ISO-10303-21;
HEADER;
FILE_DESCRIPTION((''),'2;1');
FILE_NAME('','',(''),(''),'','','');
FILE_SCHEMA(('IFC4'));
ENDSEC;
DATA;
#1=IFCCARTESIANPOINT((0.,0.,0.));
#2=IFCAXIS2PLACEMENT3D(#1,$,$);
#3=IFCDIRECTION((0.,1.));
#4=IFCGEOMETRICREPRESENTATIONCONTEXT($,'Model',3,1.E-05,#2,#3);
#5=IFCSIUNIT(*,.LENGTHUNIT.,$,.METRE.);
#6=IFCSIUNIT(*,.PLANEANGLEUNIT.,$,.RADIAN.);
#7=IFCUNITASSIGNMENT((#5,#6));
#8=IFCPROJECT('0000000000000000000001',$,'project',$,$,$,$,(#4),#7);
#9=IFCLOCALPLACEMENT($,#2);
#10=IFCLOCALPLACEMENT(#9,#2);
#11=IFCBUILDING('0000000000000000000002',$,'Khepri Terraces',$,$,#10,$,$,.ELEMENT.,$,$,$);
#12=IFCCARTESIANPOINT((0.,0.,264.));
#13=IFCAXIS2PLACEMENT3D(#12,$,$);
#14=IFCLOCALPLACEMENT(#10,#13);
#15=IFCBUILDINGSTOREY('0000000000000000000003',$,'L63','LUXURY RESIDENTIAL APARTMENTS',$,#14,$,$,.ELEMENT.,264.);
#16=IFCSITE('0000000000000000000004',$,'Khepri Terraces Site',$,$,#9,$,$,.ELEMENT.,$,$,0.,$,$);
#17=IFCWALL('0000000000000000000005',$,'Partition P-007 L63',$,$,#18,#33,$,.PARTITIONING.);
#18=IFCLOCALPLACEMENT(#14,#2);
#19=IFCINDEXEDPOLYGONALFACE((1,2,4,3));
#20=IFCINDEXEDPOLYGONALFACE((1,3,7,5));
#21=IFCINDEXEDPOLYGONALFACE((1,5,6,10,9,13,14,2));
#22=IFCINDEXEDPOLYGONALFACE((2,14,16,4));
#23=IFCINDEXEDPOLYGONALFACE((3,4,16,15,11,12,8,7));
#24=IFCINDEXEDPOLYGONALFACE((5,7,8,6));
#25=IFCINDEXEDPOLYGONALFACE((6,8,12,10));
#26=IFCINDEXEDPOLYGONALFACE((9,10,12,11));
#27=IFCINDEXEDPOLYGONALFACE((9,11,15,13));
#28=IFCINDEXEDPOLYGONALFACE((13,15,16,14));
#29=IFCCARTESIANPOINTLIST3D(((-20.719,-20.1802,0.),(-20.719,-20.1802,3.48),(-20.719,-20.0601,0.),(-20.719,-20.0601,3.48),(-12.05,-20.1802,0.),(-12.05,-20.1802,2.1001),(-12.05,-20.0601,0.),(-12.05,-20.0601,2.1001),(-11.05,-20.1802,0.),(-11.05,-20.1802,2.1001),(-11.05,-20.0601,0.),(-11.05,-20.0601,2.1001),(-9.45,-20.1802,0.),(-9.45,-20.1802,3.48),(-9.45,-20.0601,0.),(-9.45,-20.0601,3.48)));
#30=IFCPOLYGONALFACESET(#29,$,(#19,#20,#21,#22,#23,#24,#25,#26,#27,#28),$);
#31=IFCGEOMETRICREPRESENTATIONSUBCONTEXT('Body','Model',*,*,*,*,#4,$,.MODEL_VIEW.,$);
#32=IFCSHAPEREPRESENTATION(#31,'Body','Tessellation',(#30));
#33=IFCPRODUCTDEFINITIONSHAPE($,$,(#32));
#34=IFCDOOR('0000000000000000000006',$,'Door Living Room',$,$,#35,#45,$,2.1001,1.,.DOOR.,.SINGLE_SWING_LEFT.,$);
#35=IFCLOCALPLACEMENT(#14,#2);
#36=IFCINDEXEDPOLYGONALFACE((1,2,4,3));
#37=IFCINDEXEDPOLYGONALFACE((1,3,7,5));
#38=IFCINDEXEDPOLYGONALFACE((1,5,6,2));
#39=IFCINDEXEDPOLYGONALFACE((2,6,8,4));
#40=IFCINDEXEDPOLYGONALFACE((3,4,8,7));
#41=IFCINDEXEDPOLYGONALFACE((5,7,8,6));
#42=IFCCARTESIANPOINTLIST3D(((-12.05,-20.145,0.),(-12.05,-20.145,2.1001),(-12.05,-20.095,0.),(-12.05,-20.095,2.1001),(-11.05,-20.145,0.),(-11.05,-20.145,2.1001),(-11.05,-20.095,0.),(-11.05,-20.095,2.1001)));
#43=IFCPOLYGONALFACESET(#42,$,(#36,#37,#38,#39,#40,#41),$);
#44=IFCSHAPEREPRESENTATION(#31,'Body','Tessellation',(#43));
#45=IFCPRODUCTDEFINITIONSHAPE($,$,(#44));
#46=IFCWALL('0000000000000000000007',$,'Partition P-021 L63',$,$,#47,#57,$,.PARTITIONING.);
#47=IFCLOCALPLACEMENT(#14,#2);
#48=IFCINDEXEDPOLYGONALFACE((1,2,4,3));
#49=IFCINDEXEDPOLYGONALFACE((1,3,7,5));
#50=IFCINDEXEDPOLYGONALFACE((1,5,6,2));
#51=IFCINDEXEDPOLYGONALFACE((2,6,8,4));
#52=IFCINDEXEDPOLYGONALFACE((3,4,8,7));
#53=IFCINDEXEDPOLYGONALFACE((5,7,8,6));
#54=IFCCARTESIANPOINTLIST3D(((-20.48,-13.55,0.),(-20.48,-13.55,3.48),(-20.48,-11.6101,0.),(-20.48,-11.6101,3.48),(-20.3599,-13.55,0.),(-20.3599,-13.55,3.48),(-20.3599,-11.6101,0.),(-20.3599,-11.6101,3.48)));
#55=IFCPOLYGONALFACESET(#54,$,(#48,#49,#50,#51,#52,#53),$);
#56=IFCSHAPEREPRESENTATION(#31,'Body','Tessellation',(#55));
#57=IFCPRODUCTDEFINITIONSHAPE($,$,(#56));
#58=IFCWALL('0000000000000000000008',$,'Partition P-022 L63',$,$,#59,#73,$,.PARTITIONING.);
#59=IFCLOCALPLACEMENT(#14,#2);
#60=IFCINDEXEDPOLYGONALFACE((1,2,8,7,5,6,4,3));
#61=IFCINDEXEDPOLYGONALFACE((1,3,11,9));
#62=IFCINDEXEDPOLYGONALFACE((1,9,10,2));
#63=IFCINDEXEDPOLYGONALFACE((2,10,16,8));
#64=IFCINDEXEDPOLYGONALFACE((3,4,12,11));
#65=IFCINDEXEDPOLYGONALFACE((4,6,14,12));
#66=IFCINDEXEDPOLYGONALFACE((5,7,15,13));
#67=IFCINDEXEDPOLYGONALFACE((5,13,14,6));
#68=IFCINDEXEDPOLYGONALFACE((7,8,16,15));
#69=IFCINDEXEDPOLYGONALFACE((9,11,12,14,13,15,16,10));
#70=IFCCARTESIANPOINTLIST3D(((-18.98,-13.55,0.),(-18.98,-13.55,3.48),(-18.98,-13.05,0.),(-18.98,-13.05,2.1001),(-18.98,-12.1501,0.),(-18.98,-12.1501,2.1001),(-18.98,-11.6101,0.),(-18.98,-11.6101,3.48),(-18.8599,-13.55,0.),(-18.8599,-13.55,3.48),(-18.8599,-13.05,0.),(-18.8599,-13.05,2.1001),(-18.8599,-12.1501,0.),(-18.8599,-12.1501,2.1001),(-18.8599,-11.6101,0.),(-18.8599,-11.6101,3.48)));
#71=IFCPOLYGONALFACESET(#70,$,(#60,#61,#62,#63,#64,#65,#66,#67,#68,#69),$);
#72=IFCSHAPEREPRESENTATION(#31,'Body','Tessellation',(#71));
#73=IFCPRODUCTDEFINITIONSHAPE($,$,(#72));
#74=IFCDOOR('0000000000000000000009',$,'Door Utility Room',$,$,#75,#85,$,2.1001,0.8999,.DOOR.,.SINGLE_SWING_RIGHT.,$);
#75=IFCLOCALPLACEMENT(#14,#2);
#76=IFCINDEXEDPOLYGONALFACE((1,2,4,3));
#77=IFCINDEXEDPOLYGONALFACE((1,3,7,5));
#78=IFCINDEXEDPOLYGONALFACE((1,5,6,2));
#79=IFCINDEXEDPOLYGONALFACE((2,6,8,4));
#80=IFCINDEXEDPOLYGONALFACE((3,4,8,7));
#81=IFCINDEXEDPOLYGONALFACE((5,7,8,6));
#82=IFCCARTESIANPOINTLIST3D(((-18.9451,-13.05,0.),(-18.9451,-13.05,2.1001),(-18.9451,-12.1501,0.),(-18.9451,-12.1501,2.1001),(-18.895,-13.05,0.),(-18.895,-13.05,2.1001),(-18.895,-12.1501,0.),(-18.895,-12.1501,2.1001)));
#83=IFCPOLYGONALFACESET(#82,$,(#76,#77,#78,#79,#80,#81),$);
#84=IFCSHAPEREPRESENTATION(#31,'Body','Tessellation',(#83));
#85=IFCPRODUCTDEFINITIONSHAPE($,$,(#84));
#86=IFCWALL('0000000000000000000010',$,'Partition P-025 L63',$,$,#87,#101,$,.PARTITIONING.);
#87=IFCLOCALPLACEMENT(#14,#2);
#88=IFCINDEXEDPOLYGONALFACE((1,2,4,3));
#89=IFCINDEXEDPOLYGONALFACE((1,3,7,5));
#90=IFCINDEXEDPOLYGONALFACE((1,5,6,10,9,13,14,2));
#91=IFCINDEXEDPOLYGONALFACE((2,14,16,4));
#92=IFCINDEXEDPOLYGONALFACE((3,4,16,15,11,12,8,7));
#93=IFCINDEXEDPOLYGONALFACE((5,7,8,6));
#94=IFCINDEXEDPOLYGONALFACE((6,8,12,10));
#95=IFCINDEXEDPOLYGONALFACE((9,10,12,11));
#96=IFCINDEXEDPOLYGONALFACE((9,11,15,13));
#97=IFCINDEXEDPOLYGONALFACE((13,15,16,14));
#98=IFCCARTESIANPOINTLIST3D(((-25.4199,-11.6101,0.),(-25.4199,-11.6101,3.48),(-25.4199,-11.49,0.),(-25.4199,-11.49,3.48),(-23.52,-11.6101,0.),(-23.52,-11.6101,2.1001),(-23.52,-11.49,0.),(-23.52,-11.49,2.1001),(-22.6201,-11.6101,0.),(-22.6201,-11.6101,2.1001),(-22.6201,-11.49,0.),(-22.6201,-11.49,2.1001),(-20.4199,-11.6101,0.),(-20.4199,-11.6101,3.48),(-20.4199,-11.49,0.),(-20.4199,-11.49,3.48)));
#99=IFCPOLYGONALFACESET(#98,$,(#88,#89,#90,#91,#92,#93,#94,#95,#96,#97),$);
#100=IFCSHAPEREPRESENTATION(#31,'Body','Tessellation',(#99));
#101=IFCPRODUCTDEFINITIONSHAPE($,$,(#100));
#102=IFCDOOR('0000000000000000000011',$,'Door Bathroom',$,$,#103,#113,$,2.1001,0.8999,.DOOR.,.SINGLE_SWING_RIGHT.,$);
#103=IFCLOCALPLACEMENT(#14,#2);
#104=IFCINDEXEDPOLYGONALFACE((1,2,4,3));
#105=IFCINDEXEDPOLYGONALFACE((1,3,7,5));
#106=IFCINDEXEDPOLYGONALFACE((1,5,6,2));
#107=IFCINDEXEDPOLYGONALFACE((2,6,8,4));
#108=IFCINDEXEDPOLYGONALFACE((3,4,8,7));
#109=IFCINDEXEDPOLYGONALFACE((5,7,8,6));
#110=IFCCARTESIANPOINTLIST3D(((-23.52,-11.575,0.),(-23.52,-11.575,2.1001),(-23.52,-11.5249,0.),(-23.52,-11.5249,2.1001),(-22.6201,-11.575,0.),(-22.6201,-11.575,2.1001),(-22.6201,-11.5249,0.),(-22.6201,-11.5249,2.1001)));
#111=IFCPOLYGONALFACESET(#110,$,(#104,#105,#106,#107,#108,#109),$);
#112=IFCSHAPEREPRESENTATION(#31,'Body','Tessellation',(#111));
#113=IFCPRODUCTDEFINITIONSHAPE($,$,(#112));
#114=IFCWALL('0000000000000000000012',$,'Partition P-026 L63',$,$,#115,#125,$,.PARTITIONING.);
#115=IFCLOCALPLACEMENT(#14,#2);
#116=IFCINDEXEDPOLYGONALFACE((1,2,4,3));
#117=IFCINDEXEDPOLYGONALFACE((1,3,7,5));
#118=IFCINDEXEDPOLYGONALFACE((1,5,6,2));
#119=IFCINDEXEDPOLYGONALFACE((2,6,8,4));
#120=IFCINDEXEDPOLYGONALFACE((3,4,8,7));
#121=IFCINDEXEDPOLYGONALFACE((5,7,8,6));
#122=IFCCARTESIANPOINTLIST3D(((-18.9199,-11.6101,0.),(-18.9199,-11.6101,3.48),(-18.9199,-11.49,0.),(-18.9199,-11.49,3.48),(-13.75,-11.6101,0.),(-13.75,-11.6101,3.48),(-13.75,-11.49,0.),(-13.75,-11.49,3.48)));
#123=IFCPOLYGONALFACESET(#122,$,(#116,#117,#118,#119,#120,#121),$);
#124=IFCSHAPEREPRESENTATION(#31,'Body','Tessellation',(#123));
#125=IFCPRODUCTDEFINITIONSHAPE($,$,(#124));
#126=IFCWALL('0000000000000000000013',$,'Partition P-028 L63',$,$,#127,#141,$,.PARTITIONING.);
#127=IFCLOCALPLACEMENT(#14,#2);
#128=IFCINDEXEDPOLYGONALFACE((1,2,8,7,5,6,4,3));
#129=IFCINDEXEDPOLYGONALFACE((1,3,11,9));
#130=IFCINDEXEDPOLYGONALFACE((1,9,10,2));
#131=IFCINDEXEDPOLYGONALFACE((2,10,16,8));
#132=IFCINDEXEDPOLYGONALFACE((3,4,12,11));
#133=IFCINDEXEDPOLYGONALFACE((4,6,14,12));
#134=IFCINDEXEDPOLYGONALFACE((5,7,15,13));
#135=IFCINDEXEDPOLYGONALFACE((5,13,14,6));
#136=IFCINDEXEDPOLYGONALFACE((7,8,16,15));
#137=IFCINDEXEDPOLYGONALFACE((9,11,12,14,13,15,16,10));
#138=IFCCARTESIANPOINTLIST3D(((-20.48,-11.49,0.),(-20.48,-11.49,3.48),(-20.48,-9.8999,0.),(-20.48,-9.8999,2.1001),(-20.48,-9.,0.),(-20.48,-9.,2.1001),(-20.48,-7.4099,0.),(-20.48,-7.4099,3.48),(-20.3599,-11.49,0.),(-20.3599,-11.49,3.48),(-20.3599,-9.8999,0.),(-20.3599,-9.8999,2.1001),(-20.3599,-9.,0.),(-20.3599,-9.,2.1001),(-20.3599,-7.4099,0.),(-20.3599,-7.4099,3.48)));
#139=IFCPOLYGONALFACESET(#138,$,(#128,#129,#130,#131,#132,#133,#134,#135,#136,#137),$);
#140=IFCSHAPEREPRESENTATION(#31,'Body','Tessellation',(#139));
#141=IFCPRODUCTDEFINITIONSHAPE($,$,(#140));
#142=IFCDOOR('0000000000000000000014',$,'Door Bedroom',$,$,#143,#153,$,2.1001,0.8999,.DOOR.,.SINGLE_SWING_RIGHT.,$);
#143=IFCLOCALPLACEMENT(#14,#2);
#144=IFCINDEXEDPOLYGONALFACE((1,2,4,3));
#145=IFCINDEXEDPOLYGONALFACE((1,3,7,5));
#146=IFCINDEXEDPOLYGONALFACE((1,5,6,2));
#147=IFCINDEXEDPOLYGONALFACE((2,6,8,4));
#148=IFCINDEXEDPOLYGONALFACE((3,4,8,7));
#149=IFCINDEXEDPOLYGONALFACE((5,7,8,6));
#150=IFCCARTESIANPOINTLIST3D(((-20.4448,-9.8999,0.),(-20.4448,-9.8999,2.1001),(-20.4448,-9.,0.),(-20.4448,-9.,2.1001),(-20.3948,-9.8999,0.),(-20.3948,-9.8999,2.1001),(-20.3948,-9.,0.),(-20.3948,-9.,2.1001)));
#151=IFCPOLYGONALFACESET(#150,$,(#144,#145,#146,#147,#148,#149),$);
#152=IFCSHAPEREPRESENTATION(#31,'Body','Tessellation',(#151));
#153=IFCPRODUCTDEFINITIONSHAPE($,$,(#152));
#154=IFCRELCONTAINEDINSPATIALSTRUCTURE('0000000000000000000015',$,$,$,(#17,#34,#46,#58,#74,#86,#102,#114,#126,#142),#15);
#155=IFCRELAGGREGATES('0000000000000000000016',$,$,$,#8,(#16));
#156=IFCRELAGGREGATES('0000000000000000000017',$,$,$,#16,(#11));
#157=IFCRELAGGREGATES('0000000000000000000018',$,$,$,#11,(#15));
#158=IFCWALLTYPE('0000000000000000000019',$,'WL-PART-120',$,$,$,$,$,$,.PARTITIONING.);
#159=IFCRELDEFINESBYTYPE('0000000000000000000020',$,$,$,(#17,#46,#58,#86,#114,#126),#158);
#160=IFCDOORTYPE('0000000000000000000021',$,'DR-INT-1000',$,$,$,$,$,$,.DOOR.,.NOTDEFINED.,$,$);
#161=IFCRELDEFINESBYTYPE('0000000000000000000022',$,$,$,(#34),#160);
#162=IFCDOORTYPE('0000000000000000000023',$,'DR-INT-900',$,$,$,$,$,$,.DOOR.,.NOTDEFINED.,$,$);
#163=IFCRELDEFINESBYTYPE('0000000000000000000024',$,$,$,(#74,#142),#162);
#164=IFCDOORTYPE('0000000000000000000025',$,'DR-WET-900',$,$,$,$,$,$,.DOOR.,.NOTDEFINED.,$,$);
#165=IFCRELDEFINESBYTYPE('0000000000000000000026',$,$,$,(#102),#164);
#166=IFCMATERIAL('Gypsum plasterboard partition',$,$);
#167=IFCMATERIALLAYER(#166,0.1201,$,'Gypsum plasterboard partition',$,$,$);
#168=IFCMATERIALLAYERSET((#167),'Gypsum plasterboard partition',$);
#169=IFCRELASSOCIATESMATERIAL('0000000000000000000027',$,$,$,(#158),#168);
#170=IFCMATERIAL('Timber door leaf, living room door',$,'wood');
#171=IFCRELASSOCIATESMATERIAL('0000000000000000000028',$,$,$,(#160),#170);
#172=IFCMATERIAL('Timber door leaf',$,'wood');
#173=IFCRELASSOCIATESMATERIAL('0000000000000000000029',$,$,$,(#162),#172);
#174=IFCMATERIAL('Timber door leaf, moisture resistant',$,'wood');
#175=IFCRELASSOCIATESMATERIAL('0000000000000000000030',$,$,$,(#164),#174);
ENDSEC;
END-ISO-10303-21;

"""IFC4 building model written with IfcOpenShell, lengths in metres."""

from ifc_helpers import new_model, si_unit, direction, frame, frame_2d, origin, place, context, subcontext, project, spatial, rectangle, extrude, material, layer, layer_set, type_object, element, fill, save


model = new_model("IFC4")

# Units and contexts
model_context = context("Model", 3, precision=1e-05, world=origin(), true_north=direction((0.0, 1.0)))
body_context = subcontext(model_context, "Body", "Model", "MODEL_VIEW")
ifc_project = project(units=[si_unit("LENGTHUNIT", "METRE"), si_unit("PLANEANGLEUNIT", "RADIAN")], contexts=[model_context])

# Site, building, storey
site_placement = place(None, origin())
site = spatial("IfcSite", under=ifc_project, at=site_placement, Name="Khepri Terraces Site", CompositionType="ELEMENT", RefElevation=0.0)
building_placement = place(site_placement, origin())
building = spatial("IfcBuilding", under=site, at=building_placement, Name="Khepri Terraces", CompositionType="ELEMENT")
storey_placement = place(building_placement, frame((0.0, 0.0, 264.0)))
storey = spatial("IfcBuildingStorey", under=building, at=storey_placement, Name="L63", Description="LUXURY RESIDENTIAL APARTMENTS", CompositionType="ELEMENT", Elevation=264.0)

# Shared definitions
ifc_material_1 = material(Name="Gypsum plasterboard partition")
ifc_layer_1 = layer(ifc_material_1, 0.1201, Name="Gypsum plasterboard partition")
ifc_layer_set_1 = layer_set([ifc_layer_1], Name="Gypsum plasterboard partition")
wall_type_1 = type_object("IfcWallType", Name="WL-PART-120", PredefinedType="PARTITIONING", material=ifc_layer_set_1)

# Wall, opening, door
wall_1_placement = place(storey_placement, frame((-20.719, -20.1201, 0.0), z_axis=(0.0, 0.0, 1.0), x_axis=(1.0, 0.0, 0.0)))
wall_1 = element("IfcWall", 1, at=wall_1_placement, inside=storey, type_object=wall_type_1, Name="Partition P-007 L63", PredefinedType="PARTITIONING", context=body_context, shape_type="SweptSolid", body=[
    extrude(rectangle(XDim=11.269, YDim=0.1201, at=frame_2d((5.6345, 0.0))), origin(), (0.0, 0.0, 1.0), 3.48),
])
opening_1_placement = place(wall_1_placement, frame((8.6689, 0.0, 0.0)))
opening_1 = element("IfcOpeningElement", 2, at=opening_1_placement, cuts=wall_1, PredefinedType="OPENING", context=body_context, shape_type="SweptSolid", body=[
    extrude(rectangle(XDim=1.0, YDim=2.1001, at=frame_2d((0.5, 1.05))), frame((0.0, 0.0701, 0.0), z_axis=(0.0, -1.0, 0.0), x_axis=(1.0, 0.0, 0.0)), (0.0, 0.0, 1.0), 0.1401),
])
ifc_material_2 = material(Name="Timber door leaf, living room door", Category="wood")
door_type_1 = type_object("IfcDoorType", Name="DR-INT-1000", OperationType="NOTDEFINED", PredefinedType="DOOR", material=ifc_material_2)
door_1_placement = place(opening_1_placement, frame((1.0, 0.0, 0.0), z_axis=(0.0, 0.0, 1.0), x_axis=(-1.0, 0.0, 0.0)))
door_1 = element("IfcDoor", 3, at=door_1_placement, inside=storey, type_object=door_type_1, Name="Door Living Room", OperationType="SINGLE_SWING_LEFT", OverallHeight=2.1001, OverallWidth=1.0, PredefinedType="DOOR", context=body_context, shape_type="SweptSolid", body=[
    extrude(rectangle(XDim=1.0, YDim=2.1001, at=frame_2d((0.5, 1.05))), frame((0.0, 0.0249, 0.0), z_axis=(0.0, -1.0, 0.0), x_axis=(1.0, 0.0, 0.0)), (0.0, 0.0, 1.0), 0.05),
])
fill(opening_1, door_1)

# Wall
wall_2_placement = place(storey_placement, frame((-20.4199, -13.55, 0.0), z_axis=(0.0, 0.0, 1.0), x_axis=(0.0, 1.0, 0.0)))
element("IfcWall", 4, at=wall_2_placement, inside=storey, type_object=wall_type_1, Name="Partition P-021 L63", PredefinedType="PARTITIONING", context=body_context, shape_type="SweptSolid", body=[
    extrude(rectangle(XDim=1.9399, YDim=0.1201, at=frame_2d((0.97, 0.0))), origin(), (0.0, 0.0, 1.0), 3.48),
])

# Walls, openings, doors
wall_3_placement = place(storey_placement, frame((-18.9199, -13.55, 0.0), z_axis=(0.0, 0.0, 1.0), x_axis=(0.0, 1.0, 0.0)))
wall_3 = element("IfcWall", 5, at=wall_3_placement, inside=storey, type_object=wall_type_1, Name="Partition P-022 L63", PredefinedType="PARTITIONING", context=body_context, shape_type="SweptSolid", body=[
    extrude(rectangle(XDim=1.9399, YDim=0.1201, at=frame_2d((0.97, 0.0))), origin(), (0.0, 0.0, 1.0), 3.48),
])
opening_2_placement = place(wall_3_placement, frame((0.5, 0.0, 0.0)))
opening_2 = element("IfcOpeningElement", 6, at=opening_2_placement, cuts=wall_3, PredefinedType="OPENING", context=body_context, shape_type="SweptSolid", body=[
    extrude(rectangle(XDim=0.8999, YDim=2.1001, at=frame_2d((0.45, 1.05))), frame((0.0, 0.0701, 0.0), z_axis=(0.0, -1.0, 0.0), x_axis=(1.0, 0.0, 0.0)), (0.0, 0.0, 1.0), 0.1401),
])
ifc_material_3 = material(Name="Timber door leaf", Category="wood")
door_type_2 = type_object("IfcDoorType", Name="DR-INT-900", OperationType="NOTDEFINED", PredefinedType="DOOR", material=ifc_material_3)
door_2_placement = place(opening_2_placement, frame((0.8999, 0.0, 0.0), z_axis=(0.0, 0.0, 1.0), x_axis=(-1.0, 0.0, 0.0)))
door_2 = element("IfcDoor", 7, at=door_2_placement, inside=storey, type_object=door_type_2, Name="Door Utility Room", OperationType="SINGLE_SWING_RIGHT", OverallHeight=2.1001, OverallWidth=0.8999, PredefinedType="DOOR", context=body_context, shape_type="SweptSolid", body=[
    extrude(rectangle(XDim=0.8999, YDim=2.1001, at=frame_2d((0.45, 1.05))), frame((0.0, 0.0249, 0.0), z_axis=(0.0, -1.0, 0.0), x_axis=(1.0, 0.0, 0.0)), (0.0, 0.0, 1.0), 0.05),
])
fill(opening_2, door_2)
wall_4_placement = place(storey_placement, frame((-25.4199, -11.55, 0.0), z_axis=(0.0, 0.0, 1.0), x_axis=(1.0, 0.0, 0.0)))
wall_4 = element("IfcWall", 8, at=wall_4_placement, inside=storey, type_object=wall_type_1, Name="Partition P-025 L63", PredefinedType="PARTITIONING", context=body_context, shape_type="SweptSolid", body=[
    extrude(rectangle(XDim=5.0, YDim=0.1201, at=frame_2d((2.5, 0.0))), origin(), (0.0, 0.0, 1.0), 3.48),
])
opening_3_placement = place(wall_4_placement, frame((1.8999, 0.0, 0.0)))
opening_3 = element("IfcOpeningElement", 9, at=opening_3_placement, cuts=wall_4, PredefinedType="OPENING", context=body_context, shape_type="SweptSolid", body=[
    extrude(rectangle(XDim=0.8999, YDim=2.1001, at=frame_2d((0.45, 1.05))), frame((0.0, 0.0701, 0.0), z_axis=(0.0, -1.0, 0.0), x_axis=(1.0, 0.0, 0.0)), (0.0, 0.0, 1.0), 0.1401),
])
ifc_material_4 = material(Name="Timber door leaf, moisture resistant", Category="wood")
door_type_3 = type_object("IfcDoorType", Name="DR-WET-900", OperationType="NOTDEFINED", PredefinedType="DOOR", material=ifc_material_4)
door_3_placement = place(opening_3_placement, frame((0.8999, 0.0, 0.0), z_axis=(0.0, 0.0, 1.0), x_axis=(-1.0, 0.0, 0.0)))
door_3 = element("IfcDoor", 10, at=door_3_placement, inside=storey, type_object=door_type_3, Name="Door Bathroom", OperationType="SINGLE_SWING_RIGHT", OverallHeight=2.1001, OverallWidth=0.8999, PredefinedType="DOOR", context=body_context, shape_type="SweptSolid", body=[
    extrude(rectangle(XDim=0.8999, YDim=2.1001, at=frame_2d((0.45, 1.05))), frame((0.0, 0.0249, 0.0), z_axis=(0.0, -1.0, 0.0), x_axis=(1.0, 0.0, 0.0)), (0.0, 0.0, 1.0), 0.05),
])
fill(opening_3, door_3)

# Wall
wall_5_placement = place(storey_placement, frame((-18.9199, -11.55, 0.0), z_axis=(0.0, 0.0, 1.0), x_axis=(1.0, 0.0, 0.0)))
element("IfcWall", 11, at=wall_5_placement, inside=storey, type_object=wall_type_1, Name="Partition P-026 L63", PredefinedType="PARTITIONING", context=body_context, shape_type="SweptSolid", body=[
    extrude(rectangle(XDim=5.1699, YDim=0.1201, at=frame_2d((2.585, 0.0))), origin(), (0.0, 0.0, 1.0), 3.48),
])

# Wall, opening, door
wall_6_placement = place(storey_placement, frame((-20.4199, -11.49, 0.0), z_axis=(0.0, 0.0, 1.0), x_axis=(0.0, 1.0, 0.0)))
wall_6 = element("IfcWall", 12, at=wall_6_placement, inside=storey, type_object=wall_type_1, Name="Partition P-028 L63", PredefinedType="PARTITIONING", context=body_context, shape_type="SweptSolid", body=[
    extrude(rectangle(XDim=4.0801, YDim=0.1201, at=frame_2d((2.04, 0.0))), origin(), (0.0, 0.0, 1.0), 3.48),
])
opening_4_placement = place(wall_6_placement, frame((1.5901, 0.0, 0.0)))
opening_4 = element("IfcOpeningElement", 13, at=opening_4_placement, cuts=wall_6, PredefinedType="OPENING", context=body_context, shape_type="SweptSolid", body=[
    extrude(rectangle(XDim=0.8999, YDim=2.1001, at=frame_2d((0.45, 1.05))), frame((0.0, 0.0701, 0.0), z_axis=(0.0, -1.0, 0.0), x_axis=(1.0, 0.0, 0.0)), (0.0, 0.0, 1.0), 0.1401),
])
door_4_placement = place(opening_4_placement, origin())
door_4 = element("IfcDoor", 14, at=door_4_placement, inside=storey, type_object=door_type_2, Name="Door Bedroom", OperationType="SINGLE_SWING_RIGHT", OverallHeight=2.1001, OverallWidth=0.8999, PredefinedType="DOOR", context=body_context, shape_type="SweptSolid", body=[
    extrude(rectangle(XDim=0.8999, YDim=2.1001, at=frame_2d((0.45, 1.05))), frame((0.0, 0.0249, 0.0), z_axis=(0.0, -1.0, 0.0), x_axis=(1.0, 0.0, 0.0)), (0.0, 0.0, 1.0), 0.05),
])
fill(opening_4, door_4)

save(model, "model.ifc")
